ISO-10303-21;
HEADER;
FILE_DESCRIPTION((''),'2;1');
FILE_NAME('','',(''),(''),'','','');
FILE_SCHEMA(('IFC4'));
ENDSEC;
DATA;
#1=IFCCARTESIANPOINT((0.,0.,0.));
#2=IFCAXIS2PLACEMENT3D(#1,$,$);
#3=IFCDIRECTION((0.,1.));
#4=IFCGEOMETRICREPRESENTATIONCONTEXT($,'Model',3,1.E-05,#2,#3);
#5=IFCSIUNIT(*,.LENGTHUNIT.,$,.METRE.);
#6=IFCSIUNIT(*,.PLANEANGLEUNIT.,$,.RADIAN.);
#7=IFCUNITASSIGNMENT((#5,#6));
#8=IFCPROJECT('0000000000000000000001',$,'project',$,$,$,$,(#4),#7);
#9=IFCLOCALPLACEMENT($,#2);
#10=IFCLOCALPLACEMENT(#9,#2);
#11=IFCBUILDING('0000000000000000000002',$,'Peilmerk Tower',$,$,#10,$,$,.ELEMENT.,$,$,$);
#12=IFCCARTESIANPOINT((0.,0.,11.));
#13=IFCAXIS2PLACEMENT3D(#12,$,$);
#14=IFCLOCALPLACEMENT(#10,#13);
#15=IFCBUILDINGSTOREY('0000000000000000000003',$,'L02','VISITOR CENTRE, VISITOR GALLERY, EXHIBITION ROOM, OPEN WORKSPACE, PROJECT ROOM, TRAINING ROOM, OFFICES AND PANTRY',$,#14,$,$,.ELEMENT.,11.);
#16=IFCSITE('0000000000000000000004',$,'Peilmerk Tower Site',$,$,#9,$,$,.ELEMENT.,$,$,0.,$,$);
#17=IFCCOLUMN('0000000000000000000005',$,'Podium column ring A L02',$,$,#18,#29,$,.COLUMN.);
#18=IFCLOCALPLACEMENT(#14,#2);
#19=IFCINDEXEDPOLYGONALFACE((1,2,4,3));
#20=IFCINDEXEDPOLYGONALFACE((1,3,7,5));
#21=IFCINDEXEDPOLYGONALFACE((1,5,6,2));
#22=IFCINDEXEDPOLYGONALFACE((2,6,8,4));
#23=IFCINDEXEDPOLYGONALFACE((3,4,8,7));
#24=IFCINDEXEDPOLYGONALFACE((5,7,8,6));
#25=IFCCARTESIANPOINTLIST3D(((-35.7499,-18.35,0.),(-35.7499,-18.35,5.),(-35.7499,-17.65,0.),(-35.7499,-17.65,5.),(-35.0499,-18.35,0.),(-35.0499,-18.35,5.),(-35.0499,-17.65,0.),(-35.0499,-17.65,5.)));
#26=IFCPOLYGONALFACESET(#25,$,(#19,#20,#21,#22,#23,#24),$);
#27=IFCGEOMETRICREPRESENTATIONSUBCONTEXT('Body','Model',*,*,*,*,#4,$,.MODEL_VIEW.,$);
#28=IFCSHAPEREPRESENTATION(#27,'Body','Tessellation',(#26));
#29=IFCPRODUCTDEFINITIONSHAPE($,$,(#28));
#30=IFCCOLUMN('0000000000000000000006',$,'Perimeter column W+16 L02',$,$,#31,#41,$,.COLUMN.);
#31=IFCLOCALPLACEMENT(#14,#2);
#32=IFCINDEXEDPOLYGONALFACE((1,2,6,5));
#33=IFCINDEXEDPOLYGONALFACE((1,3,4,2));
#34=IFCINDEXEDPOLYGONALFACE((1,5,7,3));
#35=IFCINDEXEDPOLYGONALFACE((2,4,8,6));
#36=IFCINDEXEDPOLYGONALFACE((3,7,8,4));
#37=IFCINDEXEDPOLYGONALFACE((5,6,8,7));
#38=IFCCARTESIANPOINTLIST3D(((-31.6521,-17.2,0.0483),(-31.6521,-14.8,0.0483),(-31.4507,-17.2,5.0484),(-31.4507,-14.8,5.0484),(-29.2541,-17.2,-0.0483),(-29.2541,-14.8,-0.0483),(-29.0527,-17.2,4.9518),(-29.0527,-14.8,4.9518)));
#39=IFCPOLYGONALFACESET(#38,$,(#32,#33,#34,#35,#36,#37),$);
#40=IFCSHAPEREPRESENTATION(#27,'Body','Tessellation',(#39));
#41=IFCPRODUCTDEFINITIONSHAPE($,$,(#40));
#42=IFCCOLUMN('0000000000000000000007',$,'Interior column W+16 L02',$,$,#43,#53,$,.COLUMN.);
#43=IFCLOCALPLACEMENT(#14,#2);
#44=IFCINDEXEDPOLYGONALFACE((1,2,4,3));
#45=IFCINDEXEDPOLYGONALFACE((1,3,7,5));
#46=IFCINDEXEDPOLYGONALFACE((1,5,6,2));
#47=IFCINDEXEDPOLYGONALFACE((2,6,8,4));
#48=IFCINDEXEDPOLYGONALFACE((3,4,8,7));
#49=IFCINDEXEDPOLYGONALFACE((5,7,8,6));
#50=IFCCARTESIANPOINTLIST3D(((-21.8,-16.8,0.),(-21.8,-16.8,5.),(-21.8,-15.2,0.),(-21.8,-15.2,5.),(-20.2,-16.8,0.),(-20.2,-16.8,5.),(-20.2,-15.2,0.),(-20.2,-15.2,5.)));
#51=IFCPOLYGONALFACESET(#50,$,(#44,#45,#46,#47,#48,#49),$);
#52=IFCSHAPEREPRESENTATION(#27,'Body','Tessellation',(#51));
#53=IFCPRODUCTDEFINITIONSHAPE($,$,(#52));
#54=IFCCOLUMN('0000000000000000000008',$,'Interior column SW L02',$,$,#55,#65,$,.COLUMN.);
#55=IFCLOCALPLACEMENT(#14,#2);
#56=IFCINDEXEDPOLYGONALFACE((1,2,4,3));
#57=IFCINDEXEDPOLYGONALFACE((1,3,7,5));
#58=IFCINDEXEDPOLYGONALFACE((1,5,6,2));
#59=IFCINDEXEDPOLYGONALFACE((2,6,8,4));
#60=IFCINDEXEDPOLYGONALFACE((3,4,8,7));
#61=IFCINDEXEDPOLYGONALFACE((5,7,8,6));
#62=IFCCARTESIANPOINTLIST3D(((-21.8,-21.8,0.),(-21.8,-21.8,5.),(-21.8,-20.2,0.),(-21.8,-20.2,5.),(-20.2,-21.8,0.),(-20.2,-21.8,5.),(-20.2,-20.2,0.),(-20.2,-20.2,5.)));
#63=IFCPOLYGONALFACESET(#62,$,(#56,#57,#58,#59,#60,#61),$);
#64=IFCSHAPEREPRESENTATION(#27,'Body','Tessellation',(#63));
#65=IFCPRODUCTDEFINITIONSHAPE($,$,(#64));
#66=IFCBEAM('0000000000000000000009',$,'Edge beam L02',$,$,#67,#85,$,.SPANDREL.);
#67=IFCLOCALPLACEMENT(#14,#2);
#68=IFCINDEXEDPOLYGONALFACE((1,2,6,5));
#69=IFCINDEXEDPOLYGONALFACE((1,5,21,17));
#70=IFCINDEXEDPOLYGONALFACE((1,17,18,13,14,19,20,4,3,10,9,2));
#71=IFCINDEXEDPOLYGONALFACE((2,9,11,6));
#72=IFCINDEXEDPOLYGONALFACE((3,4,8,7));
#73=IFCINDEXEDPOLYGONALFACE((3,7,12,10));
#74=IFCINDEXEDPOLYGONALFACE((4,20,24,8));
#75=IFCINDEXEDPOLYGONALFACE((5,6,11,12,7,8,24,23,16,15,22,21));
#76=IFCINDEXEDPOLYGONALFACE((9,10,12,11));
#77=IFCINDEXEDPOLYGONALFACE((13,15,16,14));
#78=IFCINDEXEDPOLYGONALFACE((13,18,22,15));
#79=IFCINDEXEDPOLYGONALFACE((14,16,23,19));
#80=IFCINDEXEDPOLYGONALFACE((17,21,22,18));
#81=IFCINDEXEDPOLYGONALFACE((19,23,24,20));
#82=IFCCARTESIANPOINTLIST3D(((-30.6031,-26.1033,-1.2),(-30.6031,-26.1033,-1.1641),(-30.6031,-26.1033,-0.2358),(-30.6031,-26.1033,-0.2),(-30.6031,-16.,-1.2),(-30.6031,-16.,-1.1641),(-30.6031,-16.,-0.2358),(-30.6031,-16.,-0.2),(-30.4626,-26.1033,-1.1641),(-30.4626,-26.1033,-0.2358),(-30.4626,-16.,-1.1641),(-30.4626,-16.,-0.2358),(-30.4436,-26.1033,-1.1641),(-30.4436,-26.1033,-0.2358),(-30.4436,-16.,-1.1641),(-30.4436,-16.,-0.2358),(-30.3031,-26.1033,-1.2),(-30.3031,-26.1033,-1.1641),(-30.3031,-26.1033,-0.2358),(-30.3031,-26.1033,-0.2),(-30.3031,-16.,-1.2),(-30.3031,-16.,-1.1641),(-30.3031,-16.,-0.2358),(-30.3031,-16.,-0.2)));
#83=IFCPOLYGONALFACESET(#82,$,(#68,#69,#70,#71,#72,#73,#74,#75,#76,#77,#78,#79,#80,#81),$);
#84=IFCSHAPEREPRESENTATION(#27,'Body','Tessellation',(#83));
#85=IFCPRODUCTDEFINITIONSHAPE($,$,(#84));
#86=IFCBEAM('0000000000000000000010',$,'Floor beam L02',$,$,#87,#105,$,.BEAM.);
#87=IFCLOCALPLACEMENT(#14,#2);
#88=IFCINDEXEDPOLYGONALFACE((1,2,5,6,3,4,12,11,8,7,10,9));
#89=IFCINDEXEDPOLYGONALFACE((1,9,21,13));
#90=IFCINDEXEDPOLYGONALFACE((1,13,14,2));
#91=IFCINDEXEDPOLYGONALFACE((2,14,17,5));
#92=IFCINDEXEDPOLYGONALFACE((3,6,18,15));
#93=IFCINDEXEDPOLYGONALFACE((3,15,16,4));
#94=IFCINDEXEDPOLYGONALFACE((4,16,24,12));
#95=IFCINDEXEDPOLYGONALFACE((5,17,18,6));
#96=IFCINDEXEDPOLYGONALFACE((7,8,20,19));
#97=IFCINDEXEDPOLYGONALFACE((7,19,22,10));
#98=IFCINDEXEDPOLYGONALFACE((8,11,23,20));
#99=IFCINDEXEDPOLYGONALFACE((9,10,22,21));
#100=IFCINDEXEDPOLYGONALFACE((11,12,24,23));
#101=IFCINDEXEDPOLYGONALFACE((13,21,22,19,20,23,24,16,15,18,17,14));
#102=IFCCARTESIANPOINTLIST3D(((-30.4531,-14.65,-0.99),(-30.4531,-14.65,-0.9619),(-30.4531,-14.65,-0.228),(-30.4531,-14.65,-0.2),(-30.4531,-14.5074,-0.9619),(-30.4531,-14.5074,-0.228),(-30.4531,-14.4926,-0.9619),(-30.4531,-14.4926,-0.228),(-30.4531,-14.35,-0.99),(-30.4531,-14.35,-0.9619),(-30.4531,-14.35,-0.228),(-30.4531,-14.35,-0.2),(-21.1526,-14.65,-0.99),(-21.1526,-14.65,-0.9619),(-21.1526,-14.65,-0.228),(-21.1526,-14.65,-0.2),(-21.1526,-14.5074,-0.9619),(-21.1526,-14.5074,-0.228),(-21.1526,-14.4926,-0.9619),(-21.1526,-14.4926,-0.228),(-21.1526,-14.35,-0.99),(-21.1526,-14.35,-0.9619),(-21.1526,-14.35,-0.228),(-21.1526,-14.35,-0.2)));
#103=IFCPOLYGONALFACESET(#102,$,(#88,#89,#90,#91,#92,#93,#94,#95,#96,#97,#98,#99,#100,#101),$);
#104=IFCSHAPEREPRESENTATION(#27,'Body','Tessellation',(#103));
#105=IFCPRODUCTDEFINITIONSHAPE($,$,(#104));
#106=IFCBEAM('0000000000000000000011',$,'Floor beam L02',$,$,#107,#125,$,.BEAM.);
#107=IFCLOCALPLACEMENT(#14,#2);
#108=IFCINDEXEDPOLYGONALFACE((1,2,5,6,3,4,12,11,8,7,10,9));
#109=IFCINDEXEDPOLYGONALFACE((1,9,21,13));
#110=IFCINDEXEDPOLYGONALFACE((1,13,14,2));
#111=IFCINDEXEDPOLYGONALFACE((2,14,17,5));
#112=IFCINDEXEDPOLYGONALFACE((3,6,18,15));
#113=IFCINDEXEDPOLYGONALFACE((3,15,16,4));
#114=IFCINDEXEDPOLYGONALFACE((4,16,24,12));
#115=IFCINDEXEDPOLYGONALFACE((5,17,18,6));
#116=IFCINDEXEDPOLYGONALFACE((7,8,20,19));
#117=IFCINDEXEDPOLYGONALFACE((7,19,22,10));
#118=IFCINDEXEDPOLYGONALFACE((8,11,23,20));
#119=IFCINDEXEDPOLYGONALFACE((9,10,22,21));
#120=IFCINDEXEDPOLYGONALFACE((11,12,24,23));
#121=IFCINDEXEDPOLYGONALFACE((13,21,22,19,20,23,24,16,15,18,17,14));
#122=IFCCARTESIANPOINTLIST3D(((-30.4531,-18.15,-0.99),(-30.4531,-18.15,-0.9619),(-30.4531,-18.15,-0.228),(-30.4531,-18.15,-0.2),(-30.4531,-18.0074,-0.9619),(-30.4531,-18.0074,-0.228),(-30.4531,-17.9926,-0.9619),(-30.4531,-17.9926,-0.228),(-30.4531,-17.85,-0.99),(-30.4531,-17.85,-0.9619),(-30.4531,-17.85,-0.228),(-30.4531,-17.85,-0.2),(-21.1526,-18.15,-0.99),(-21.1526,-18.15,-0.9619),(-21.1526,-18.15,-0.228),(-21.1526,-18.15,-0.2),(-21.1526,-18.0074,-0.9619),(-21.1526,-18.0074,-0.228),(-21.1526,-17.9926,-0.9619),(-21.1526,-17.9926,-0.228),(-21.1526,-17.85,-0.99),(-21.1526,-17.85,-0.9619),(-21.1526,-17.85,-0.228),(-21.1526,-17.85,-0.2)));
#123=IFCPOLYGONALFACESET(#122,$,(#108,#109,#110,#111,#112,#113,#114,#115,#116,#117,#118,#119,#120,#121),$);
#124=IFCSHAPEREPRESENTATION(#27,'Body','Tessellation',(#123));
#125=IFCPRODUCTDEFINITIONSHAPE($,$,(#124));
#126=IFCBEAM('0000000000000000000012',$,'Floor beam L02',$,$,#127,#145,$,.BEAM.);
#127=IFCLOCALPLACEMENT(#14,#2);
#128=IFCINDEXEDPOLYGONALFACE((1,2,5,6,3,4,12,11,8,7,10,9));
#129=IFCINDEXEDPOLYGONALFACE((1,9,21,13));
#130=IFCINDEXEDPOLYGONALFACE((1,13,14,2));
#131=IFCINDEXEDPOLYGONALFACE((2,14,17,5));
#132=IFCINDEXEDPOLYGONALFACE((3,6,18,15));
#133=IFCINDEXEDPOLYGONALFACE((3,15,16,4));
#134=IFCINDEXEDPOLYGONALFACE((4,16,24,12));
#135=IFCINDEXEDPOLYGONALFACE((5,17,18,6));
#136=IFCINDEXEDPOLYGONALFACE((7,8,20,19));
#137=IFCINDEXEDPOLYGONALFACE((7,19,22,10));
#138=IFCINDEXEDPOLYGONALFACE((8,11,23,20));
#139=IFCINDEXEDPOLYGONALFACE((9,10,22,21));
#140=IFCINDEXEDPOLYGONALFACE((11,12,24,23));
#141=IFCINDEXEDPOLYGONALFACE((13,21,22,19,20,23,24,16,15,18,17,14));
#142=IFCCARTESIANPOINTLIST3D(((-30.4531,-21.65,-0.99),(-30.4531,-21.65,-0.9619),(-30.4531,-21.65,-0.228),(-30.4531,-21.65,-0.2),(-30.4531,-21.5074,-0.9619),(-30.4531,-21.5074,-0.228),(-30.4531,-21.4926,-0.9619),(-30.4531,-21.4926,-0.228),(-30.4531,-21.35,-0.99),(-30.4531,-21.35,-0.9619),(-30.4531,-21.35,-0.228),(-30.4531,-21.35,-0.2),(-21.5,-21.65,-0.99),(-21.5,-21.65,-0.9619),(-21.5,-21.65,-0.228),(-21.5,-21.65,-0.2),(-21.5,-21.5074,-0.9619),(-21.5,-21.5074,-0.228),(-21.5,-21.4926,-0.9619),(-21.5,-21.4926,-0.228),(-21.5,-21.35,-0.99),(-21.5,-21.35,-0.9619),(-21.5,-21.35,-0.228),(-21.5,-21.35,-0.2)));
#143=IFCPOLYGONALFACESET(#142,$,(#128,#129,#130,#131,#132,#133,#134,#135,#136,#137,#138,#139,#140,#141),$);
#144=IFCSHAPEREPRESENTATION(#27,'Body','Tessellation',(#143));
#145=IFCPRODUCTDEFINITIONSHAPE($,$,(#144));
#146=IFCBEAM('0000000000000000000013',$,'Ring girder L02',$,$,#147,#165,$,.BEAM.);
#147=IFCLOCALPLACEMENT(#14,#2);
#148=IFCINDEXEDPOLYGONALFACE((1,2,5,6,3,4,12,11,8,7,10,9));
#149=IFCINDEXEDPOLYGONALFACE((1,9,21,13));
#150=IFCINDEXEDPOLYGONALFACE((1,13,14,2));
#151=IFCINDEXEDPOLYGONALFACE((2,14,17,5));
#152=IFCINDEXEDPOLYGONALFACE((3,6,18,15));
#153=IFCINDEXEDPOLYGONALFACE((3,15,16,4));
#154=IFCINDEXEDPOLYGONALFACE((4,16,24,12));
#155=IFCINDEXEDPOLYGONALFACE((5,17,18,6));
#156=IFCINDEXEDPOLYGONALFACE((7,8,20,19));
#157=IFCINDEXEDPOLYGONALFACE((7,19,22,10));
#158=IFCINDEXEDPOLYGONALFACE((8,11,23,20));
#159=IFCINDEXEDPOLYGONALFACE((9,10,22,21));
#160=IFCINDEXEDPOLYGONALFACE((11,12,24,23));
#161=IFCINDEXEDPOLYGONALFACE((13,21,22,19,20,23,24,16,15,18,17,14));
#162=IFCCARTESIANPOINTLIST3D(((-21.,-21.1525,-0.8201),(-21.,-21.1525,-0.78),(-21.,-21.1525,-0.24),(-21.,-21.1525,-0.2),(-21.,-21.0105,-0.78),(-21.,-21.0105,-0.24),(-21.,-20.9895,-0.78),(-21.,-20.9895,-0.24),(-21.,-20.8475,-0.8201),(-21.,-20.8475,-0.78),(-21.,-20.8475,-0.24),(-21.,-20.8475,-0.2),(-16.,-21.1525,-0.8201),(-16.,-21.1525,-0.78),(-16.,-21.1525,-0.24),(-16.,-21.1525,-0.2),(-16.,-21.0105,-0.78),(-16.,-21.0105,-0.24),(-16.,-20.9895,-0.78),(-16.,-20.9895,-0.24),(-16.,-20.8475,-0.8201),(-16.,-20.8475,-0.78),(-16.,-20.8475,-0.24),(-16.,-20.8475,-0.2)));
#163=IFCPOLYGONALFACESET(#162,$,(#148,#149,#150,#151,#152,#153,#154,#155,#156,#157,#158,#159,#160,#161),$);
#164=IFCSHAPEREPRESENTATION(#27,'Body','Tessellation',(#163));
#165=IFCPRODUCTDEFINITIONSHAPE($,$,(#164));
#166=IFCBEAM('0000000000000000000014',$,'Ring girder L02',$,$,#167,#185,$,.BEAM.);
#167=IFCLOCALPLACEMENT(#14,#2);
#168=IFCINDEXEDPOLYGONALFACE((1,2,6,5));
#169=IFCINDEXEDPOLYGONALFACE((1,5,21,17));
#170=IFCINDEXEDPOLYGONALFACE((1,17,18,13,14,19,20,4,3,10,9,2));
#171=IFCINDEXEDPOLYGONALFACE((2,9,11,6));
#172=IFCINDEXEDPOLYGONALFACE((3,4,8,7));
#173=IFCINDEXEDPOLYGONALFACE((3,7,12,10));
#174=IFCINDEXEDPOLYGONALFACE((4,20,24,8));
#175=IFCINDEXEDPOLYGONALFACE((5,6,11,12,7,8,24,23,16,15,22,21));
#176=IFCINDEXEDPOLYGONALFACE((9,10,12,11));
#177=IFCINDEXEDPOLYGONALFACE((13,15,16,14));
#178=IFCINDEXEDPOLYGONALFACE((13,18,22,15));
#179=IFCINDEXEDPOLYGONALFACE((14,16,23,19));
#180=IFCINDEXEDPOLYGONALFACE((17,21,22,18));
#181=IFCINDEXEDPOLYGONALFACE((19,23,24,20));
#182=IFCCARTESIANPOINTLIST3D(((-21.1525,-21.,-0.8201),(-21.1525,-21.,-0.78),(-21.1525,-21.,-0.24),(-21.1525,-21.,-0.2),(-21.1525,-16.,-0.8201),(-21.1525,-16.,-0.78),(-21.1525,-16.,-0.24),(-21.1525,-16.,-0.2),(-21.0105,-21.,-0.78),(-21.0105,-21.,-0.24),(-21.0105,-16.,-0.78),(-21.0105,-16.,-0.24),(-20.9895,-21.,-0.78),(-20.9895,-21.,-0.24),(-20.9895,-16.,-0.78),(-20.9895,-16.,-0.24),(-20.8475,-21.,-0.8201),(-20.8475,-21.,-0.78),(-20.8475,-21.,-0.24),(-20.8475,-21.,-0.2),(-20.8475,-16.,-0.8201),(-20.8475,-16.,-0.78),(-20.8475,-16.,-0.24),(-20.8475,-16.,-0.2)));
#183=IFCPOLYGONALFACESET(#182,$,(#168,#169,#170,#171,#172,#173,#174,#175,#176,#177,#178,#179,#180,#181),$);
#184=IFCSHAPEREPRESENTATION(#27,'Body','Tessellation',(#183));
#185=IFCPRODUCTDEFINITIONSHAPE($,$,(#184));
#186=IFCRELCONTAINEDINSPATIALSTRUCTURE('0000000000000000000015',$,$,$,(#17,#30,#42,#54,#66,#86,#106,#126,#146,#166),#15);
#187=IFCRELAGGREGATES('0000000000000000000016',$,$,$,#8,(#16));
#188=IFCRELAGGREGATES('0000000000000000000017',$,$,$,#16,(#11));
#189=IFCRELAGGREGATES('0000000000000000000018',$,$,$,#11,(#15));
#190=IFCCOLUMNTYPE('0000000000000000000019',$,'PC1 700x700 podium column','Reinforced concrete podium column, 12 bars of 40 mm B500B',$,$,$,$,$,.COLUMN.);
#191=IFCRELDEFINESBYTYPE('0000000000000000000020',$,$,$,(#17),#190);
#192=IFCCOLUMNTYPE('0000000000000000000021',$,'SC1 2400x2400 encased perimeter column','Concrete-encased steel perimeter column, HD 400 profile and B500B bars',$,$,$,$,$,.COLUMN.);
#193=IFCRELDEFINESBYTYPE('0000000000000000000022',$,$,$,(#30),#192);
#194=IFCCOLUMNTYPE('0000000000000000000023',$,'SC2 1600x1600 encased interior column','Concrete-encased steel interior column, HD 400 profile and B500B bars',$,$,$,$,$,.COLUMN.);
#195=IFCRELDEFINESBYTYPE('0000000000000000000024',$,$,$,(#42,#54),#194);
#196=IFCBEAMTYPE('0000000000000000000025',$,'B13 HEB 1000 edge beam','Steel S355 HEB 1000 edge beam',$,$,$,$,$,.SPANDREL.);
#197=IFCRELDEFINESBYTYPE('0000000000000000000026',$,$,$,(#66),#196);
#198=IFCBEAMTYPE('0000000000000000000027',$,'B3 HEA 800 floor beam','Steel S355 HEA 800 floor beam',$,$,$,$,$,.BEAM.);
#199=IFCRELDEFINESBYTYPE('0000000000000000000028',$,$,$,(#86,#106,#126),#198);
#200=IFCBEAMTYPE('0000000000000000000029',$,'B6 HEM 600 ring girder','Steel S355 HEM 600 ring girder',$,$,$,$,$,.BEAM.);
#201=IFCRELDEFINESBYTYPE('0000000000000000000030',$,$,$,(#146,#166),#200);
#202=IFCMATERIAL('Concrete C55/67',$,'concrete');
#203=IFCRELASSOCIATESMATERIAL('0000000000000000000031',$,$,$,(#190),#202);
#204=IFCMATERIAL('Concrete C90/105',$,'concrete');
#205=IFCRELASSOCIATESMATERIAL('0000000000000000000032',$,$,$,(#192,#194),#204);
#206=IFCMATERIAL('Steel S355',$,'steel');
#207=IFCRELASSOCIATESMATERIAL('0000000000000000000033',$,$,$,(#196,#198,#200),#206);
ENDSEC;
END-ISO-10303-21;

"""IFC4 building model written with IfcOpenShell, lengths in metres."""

from ifc_helpers import new_model, si_unit, direction, frame, origin, origin_2d, place, context, subcontext, project, spatial, rectangle, i_section, extrude, material, material_profile, profile_set, type_object, element, save


model = new_model("IFC4")

# Units and contexts
model_context = context("Model", 3, precision=1e-05, world=origin(), true_north=direction((0.0, 1.0)))
body_context = subcontext(model_context, "Body", "Model", "MODEL_VIEW")
ifc_project = project(units=[si_unit("LENGTHUNIT", "METRE"), si_unit("PLANEANGLEUNIT", "RADIAN")], contexts=[model_context])

# Site, building, storey
site_placement = place(None, origin())
site = spatial("IfcSite", under=ifc_project, at=site_placement, Name="Peilmerk Tower Site", CompositionType="ELEMENT", RefElevation=0.0)
building_placement = place(site_placement, origin())
building = spatial("IfcBuilding", under=site, at=building_placement, Name="Peilmerk Tower", CompositionType="ELEMENT")
storey_placement = place(building_placement, frame((0.0, 0.0, 11.0)))
storey = spatial("IfcBuildingStorey", under=building, at=storey_placement, Name="L02", Description="VISITOR CENTRE, VISITOR GALLERY, EXHIBITION ROOM, OPEN WORKSPACE, PROJECT ROOM, TRAINING ROOM, OFFICES AND PANTRY", CompositionType="ELEMENT", Elevation=11.0)

# Columns
ifc_material_1 = material(Name="Concrete C55/67", Category="concrete")
ifc_material_profile_1 = material_profile(ifc_material_1, rectangle(XDim=0.7, YDim=0.7, at=origin_2d()), Name="RC 700x700")
ifc_profile_set_1 = profile_set([ifc_material_profile_1], Name="Concrete C55/67")
column_type_1 = type_object("IfcColumnType", Name="PC1 700x700 podium column", Description="Reinforced concrete podium column, 12 bars of 40 mm B500B", PredefinedType="COLUMN", material=ifc_profile_set_1)
column_1_placement = place(storey_placement, frame((-35.3999, -18.0, 0.0), z_axis=(0.0, 0.0, 1.0), x_axis=(1.0, 0.0, 0.0)))
element("IfcColumn", 1, at=column_1_placement, inside=storey, type_object=column_type_1, Name="Podium column ring A L02", PredefinedType="COLUMN", context=body_context, shape_type="SweptSolid", body=[
    extrude(rectangle(XDim=0.7, YDim=0.7, at=origin_2d()), origin(), (0.0, 0.0, 1.0), 5.0),
])
ifc_material_2 = material(Name="Concrete C90/105", Category="concrete")
ifc_material_profile_2 = material_profile(ifc_material_2, rectangle(XDim=2.3999, YDim=2.3999, at=origin_2d()), Name="RC 2400x2400")
ifc_profile_set_2 = profile_set([ifc_material_profile_2], Name="Concrete C90/105")
column_type_2 = type_object("IfcColumnType", Name="SC1 2400x2400 encased perimeter column", Description="Concrete-encased steel perimeter column, HD 400 profile and B500B bars", PredefinedType="COLUMN", material=ifc_profile_set_2)
column_2_placement = place(storey_placement, frame((-30.4531, -16.0, 0.0), z_axis=(0.040251, 0.0, 0.99919), x_axis=(0.0, 1.0, 0.0)))
element("IfcColumn", 2, at=column_2_placement, inside=storey, type_object=column_type_2, Name="Perimeter column W+16 L02", PredefinedType="COLUMN", context=body_context, shape_type="SweptSolid", body=[
    extrude(rectangle(XDim=2.3999, YDim=2.3999, at=origin_2d()), origin(), (0.0, 0.0, 1.0), 5.0042),
])
ifc_material_profile_3 = material_profile(ifc_material_2, rectangle(XDim=1.6001, YDim=1.6001, at=origin_2d()), Name="RC 1600x1600")
ifc_profile_set_3 = profile_set([ifc_material_profile_3], Name="Concrete C90/105")
column_type_3 = type_object("IfcColumnType", Name="SC2 1600x1600 encased interior column", Description="Concrete-encased steel interior column, HD 400 profile and B500B bars", PredefinedType="COLUMN", material=ifc_profile_set_3)
for number, where, z_axis, x_axis, name in (
    (3, (-21.0, -16.0, 0.0), (0.0, 0.0, 1.0), (1.0, 0.0, 0.0), "Interior column W+16 L02"),
    (4, (-21.0, -21.0, 0.0), (0.0, 0.0, 1.0), (1.0, 0.0, 0.0), "Interior column SW L02"),
):
    element("IfcColumn", number, at=place(storey_placement, frame(where, z_axis=z_axis, x_axis=x_axis)), inside=storey, type_object=column_type_3, Name=name, PredefinedType="COLUMN", context=body_context, shape_type="SweptSolid", body=[
        extrude(rectangle(XDim=1.6001, YDim=1.6001, at=origin_2d()), origin(), (0.0, 0.0, 1.0), 5.0),
    ])

# Beams
ifc_material_3 = material(Name="Steel S355", Category="steel")
ifc_material_profile_4 = material_profile(ifc_material_3, i_section(OverallWidth=0.3, OverallDepth=1.0, WebThickness=0.019, FlangeThickness=0.0359, at=origin_2d()), Name="HEB 1000")
ifc_profile_set_4 = profile_set([ifc_material_profile_4], Name="Steel S355")
beam_type_1 = type_object("IfcBeamType", Name="B13 HEB 1000 edge beam", Description="Steel S355 HEB 1000 edge beam", PredefinedType="SPANDREL", material=ifc_profile_set_4)
beam_1_placement = place(storey_placement, frame((-30.4531, -16.0, -0.7), z_axis=(0.0, -1.0, 0.0), x_axis=(1.0, 0.0, 0.0)))
element("IfcBeam", 5, at=beam_1_placement, inside=storey, type_object=beam_type_1, Name="Edge beam L02", PredefinedType="SPANDREL", context=body_context, shape_type="SweptSolid", body=[
    extrude(i_section(OverallWidth=0.3, OverallDepth=1.0, WebThickness=0.019, FlangeThickness=0.0359, at=origin_2d()), origin(), (0.0, 0.0, 1.0), 10.1033),
])
ifc_material_profile_5 = material_profile(ifc_material_3, i_section(OverallWidth=0.3, OverallDepth=0.79, WebThickness=0.0149, FlangeThickness=0.0281, at=origin_2d()), Name="HEA 800")
ifc_profile_set_5 = profile_set([ifc_material_profile_5], Name="Steel S355")
beam_type_2 = type_object("IfcBeamType", Name="B3 HEA 800 floor beam", Description="Steel S355 HEA 800 floor beam", PredefinedType="BEAM", material=ifc_profile_set_5)
for number, where, z_axis, x_axis, name in (
    (6, (-21.1526, -14.5, -0.595), (-1.0, 0.0, 0.0), (0.0, -1.0, 0.0), "Floor beam L02"),
    (7, (-21.1526, -18.0, -0.595), (-1.0, 0.0, 0.0), (0.0, -1.0, 0.0), "Floor beam L02"),
):
    element("IfcBeam", number, at=place(storey_placement, frame(where, z_axis=z_axis, x_axis=x_axis)), inside=storey, type_object=beam_type_2, Name=name, PredefinedType="BEAM", context=body_context, shape_type="SweptSolid", body=[
        extrude(i_section(OverallWidth=0.3, OverallDepth=0.79, WebThickness=0.0149, FlangeThickness=0.0281, at=origin_2d()), origin(), (0.0, 0.0, 1.0), 9.3005),
    ])
beam_2_placement = place(storey_placement, frame((-21.5, -21.5, -0.595), z_axis=(-1.0, 0.0, 0.0), x_axis=(0.0, -1.0, 0.0)))
element("IfcBeam", 8, at=beam_2_placement, inside=storey, type_object=beam_type_2, Name="Floor beam L02", PredefinedType="BEAM", context=body_context, shape_type="SweptSolid", body=[
    extrude(i_section(OverallWidth=0.3, OverallDepth=0.79, WebThickness=0.0149, FlangeThickness=0.0281, at=origin_2d()), origin(), (0.0, 0.0, 1.0), 8.9531),
])
ifc_material_profile_6 = material_profile(ifc_material_3, i_section(OverallWidth=0.3049, OverallDepth=0.6201, WebThickness=0.021, FlangeThickness=0.04, at=origin_2d()), Name="HEM 600")
ifc_profile_set_6 = profile_set([ifc_material_profile_6], Name="Steel S355")
beam_type_3 = type_object("IfcBeamType", Name="B6 HEM 600 ring girder", Description="Steel S355 HEM 600 ring girder", PredefinedType="BEAM", material=ifc_profile_set_6)
for number, where, z_axis, x_axis, name in (
    (9, (-21.0, -21.0, -0.51), (1.0, 0.0, 0.0), (0.0, 1.0, 0.0), "Ring girder L02"),
    (10, (-21.0, -16.0, -0.51), (0.0, -1.0, 0.0), (1.0, 0.0, 0.0), "Ring girder L02"),
):
    element("IfcBeam", number, at=place(storey_placement, frame(where, z_axis=z_axis, x_axis=x_axis)), inside=storey, type_object=beam_type_3, Name=name, PredefinedType="BEAM", context=body_context, shape_type="SweptSolid", body=[
        extrude(i_section(OverallWidth=0.3049, OverallDepth=0.6201, WebThickness=0.021, FlangeThickness=0.04, at=origin_2d()), origin(), (0.0, 0.0, 1.0), 5.0),
    ])

save(model, "model.ifc")
